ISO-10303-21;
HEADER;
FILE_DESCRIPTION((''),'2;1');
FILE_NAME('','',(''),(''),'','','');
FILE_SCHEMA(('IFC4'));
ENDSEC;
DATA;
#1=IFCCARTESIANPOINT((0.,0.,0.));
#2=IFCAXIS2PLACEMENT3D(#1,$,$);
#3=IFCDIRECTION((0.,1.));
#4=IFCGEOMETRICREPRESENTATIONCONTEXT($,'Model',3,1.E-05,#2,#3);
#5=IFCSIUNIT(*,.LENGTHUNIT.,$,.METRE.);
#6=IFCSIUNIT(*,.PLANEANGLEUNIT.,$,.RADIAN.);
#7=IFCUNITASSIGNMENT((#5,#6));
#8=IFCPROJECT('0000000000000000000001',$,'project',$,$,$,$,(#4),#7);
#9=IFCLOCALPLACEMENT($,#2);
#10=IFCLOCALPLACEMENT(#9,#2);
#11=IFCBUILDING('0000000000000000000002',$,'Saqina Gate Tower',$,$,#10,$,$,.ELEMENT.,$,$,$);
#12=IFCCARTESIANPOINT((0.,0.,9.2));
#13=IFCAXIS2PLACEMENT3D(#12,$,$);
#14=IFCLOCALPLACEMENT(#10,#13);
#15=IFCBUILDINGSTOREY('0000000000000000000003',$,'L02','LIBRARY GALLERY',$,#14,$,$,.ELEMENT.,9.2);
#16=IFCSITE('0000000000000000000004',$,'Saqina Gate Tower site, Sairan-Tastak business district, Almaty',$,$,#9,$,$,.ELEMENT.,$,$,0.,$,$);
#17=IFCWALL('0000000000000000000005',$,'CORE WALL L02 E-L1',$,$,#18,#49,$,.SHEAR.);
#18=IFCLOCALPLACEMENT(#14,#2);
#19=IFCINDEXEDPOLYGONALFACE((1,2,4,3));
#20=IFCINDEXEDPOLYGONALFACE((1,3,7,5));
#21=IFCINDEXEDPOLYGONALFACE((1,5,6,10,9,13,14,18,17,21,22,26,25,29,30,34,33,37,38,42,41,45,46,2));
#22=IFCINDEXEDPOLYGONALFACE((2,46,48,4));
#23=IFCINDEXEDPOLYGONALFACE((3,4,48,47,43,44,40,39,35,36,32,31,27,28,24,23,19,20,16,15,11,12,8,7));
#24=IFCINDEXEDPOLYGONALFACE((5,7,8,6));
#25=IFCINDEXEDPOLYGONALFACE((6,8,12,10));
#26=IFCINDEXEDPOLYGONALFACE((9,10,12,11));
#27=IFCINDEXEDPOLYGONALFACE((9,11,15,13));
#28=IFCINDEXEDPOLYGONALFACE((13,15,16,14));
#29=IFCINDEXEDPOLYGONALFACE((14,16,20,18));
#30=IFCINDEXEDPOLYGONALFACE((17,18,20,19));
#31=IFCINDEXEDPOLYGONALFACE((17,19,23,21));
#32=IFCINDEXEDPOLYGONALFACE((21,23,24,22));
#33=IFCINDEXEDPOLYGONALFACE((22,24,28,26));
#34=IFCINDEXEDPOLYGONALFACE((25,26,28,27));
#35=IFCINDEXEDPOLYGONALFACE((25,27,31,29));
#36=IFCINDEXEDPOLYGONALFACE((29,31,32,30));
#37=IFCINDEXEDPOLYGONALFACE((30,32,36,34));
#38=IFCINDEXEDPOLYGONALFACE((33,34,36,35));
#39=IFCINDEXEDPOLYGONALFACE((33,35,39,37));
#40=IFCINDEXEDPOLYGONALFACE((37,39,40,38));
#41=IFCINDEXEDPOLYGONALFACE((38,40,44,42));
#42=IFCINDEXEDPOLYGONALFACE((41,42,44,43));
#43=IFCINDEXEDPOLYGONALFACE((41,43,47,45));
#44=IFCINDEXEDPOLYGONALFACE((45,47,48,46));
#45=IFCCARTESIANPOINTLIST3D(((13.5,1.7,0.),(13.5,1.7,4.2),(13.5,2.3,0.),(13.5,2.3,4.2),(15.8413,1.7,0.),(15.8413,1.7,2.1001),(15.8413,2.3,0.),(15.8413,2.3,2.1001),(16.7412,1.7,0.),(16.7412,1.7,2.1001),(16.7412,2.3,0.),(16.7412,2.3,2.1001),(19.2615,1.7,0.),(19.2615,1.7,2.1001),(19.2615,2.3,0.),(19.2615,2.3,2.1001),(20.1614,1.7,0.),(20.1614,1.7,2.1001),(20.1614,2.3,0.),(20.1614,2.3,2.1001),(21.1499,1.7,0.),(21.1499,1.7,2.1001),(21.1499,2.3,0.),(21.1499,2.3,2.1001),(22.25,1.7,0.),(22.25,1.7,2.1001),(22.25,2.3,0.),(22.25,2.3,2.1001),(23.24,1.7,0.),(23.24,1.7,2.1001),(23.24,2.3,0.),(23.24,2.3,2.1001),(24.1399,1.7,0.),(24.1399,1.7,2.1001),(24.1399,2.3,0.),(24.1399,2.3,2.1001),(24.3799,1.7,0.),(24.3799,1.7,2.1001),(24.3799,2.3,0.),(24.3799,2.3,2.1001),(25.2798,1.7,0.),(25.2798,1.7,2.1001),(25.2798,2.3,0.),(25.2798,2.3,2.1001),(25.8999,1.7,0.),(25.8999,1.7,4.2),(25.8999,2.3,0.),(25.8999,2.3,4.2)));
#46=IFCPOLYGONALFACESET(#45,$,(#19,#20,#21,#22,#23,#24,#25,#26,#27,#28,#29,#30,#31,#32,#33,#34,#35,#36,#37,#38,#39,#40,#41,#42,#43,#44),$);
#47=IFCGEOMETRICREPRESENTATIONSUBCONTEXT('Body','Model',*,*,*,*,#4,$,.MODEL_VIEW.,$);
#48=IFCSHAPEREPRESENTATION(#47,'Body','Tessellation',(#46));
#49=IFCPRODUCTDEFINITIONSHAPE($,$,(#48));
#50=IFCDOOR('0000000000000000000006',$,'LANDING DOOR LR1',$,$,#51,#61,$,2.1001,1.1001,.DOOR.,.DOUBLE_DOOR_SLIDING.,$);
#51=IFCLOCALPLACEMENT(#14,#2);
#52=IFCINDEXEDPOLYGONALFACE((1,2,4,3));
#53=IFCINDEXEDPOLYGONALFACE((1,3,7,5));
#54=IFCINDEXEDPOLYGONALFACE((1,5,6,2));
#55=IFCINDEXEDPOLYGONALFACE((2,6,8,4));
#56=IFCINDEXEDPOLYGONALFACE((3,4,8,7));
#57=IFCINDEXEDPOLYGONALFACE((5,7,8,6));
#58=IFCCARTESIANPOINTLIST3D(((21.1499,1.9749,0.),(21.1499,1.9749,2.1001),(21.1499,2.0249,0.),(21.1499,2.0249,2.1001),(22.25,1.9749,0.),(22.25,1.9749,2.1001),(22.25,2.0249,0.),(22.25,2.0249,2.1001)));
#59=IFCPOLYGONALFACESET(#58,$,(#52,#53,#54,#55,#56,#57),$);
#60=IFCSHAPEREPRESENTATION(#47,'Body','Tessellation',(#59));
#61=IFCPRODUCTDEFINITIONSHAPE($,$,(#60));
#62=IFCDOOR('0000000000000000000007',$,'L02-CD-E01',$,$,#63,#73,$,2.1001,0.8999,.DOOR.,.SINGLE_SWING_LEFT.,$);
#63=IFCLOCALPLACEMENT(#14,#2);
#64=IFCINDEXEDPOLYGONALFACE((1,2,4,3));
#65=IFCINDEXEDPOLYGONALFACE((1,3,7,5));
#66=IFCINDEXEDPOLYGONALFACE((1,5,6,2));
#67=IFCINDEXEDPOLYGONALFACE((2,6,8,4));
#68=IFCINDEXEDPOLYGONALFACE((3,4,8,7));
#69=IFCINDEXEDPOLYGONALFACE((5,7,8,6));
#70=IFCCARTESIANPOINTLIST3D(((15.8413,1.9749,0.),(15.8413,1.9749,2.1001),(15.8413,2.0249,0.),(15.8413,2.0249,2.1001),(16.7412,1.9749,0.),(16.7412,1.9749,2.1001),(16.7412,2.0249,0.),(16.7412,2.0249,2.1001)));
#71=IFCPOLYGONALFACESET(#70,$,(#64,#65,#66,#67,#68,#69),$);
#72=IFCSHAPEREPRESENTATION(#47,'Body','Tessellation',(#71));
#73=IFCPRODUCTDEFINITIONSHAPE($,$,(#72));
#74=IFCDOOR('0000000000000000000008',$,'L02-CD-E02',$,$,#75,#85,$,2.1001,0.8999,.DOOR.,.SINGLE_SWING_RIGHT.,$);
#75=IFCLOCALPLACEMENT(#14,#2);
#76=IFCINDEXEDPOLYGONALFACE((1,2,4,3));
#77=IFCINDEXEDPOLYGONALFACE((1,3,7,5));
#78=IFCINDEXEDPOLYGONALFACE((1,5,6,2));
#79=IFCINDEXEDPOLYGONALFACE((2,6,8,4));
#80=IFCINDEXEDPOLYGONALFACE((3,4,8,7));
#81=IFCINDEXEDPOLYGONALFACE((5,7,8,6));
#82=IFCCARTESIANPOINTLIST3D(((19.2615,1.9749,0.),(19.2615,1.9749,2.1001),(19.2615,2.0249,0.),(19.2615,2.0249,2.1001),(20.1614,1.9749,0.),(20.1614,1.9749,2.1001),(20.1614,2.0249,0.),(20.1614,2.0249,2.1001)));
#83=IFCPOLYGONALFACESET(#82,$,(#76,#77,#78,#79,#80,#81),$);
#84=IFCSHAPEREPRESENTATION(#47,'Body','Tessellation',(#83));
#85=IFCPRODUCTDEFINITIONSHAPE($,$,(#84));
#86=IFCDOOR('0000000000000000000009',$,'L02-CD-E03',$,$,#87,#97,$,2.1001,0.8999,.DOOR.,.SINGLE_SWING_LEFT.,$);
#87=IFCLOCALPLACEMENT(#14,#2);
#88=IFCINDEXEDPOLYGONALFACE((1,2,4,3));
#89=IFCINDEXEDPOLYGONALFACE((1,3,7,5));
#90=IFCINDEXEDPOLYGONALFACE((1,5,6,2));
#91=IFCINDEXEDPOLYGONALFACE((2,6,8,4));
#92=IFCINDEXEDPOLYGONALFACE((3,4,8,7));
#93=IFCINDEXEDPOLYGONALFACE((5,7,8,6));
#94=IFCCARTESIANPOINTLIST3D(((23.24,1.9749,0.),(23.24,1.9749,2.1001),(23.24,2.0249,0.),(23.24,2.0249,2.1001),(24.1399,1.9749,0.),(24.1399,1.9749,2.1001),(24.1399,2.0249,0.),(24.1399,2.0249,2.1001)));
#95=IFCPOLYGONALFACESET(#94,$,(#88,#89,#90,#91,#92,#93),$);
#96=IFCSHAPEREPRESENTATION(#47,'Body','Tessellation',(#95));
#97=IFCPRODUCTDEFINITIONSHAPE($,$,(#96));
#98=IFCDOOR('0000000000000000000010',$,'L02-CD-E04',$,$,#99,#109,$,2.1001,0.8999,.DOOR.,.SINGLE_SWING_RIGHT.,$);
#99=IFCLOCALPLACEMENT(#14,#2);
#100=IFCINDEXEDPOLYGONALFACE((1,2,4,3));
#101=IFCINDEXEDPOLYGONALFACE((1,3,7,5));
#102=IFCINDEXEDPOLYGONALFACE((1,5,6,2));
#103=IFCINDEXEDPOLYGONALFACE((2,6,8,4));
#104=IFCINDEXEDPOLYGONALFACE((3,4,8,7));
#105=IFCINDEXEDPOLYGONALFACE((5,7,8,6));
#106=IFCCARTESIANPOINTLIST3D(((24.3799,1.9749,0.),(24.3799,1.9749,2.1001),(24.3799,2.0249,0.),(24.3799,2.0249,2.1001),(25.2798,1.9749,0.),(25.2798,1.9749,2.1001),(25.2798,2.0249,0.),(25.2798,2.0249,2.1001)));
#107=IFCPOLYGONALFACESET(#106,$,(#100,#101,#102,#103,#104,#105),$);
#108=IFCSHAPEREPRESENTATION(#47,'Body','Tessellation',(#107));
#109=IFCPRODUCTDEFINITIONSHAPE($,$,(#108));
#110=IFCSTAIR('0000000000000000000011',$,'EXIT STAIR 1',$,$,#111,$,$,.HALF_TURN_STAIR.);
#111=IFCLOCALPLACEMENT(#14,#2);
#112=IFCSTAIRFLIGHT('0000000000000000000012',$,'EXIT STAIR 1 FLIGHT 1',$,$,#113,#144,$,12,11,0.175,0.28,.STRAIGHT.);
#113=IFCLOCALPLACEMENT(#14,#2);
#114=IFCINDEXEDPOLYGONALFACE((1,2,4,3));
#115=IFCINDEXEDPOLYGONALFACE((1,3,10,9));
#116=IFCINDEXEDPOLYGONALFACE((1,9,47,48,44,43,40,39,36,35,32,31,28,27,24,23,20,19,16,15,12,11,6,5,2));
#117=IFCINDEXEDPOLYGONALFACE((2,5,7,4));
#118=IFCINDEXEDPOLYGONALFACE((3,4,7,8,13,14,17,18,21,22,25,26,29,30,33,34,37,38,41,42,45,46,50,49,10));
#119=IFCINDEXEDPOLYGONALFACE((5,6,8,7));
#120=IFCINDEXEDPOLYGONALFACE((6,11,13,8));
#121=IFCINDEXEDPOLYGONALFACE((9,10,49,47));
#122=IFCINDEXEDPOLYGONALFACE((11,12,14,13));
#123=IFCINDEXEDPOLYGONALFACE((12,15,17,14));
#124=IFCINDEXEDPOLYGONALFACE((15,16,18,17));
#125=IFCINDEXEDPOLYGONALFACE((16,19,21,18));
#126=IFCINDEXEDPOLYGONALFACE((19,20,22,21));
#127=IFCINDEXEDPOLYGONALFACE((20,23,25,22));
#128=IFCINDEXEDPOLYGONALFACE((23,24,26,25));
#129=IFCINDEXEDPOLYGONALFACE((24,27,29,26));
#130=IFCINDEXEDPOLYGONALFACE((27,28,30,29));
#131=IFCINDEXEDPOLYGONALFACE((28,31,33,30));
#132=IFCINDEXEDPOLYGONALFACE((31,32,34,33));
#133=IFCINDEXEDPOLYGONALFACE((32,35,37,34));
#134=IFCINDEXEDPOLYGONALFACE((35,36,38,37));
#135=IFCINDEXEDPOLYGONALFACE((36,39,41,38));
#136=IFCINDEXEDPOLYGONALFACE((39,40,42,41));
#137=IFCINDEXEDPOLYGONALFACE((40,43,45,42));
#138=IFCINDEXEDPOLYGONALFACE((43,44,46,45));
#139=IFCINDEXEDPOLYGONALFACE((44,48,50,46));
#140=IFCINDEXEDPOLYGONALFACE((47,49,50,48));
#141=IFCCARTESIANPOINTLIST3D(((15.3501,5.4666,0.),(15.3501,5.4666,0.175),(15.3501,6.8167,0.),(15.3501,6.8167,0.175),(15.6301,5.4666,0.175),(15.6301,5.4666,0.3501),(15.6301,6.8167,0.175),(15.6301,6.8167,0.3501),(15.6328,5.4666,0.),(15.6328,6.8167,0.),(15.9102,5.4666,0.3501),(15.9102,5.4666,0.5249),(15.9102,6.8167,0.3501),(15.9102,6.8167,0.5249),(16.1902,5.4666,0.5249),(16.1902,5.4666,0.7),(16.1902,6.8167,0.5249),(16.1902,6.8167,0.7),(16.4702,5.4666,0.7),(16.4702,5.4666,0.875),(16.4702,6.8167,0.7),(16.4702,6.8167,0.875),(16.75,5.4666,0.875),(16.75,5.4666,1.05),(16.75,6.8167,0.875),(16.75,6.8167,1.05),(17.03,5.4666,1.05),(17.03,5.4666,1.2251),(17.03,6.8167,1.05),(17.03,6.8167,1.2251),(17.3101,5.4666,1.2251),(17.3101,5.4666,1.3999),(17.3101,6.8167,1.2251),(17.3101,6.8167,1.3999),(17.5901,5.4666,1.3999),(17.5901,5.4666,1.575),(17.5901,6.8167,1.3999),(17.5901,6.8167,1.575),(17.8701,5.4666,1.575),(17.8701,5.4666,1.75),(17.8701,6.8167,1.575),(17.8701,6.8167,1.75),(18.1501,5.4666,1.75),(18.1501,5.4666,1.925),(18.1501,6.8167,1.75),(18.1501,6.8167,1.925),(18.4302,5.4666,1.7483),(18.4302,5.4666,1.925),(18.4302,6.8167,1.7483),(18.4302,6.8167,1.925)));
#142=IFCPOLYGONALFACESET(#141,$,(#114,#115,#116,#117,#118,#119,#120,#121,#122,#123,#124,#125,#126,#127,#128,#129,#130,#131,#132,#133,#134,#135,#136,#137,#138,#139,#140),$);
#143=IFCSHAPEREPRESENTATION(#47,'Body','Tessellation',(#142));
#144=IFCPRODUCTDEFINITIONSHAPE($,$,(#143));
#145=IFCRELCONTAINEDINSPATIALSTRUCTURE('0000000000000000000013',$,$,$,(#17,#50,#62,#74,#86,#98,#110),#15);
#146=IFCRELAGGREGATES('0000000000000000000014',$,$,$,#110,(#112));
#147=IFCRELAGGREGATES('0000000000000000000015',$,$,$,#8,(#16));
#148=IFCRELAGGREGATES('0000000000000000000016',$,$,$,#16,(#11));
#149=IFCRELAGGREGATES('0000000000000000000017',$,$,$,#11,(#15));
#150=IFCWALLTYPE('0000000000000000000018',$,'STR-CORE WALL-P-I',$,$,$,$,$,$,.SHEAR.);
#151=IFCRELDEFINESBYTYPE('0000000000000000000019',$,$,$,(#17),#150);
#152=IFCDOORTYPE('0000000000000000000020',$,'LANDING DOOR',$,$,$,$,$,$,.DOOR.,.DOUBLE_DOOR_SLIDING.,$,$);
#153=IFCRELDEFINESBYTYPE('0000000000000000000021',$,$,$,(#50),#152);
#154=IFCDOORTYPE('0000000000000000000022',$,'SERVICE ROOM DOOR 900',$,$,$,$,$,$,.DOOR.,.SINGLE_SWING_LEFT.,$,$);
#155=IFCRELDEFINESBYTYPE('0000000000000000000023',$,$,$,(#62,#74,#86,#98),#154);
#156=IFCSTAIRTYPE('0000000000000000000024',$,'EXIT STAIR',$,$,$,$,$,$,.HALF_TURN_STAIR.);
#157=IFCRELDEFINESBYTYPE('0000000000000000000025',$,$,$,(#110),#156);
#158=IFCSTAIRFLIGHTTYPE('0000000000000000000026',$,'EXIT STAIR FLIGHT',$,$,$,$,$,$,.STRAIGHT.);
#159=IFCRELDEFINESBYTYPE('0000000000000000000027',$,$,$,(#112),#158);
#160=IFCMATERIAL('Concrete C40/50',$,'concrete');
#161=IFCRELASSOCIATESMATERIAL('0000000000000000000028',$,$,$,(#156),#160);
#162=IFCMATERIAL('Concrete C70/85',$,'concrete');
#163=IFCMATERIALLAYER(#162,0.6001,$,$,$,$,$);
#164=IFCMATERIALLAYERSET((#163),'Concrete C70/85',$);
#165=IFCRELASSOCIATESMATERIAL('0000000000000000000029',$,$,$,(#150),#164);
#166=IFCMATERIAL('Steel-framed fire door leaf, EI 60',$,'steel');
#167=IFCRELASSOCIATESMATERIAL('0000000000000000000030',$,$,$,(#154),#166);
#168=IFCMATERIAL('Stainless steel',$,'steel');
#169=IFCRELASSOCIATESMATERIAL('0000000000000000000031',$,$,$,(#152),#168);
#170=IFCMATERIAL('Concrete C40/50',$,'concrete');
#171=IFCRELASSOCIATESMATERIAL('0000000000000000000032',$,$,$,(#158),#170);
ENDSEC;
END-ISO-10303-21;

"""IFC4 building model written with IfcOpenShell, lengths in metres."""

from ifc_helpers import new_model, si_unit, direction, frame, frame_2d, origin, place, context, subcontext, project, spatial, polyline, rectangle, outline, extrude, material, layer, layer_set, type_object, element, fill, aggregate, save


model = new_model("IFC4")

# Units and contexts
model_context = context("Model", 3, precision=1e-05, world=origin(), true_north=direction((0.0, 1.0)))
body_context = subcontext(model_context, "Body", "Model", "MODEL_VIEW")
ifc_project = project(units=[si_unit("LENGTHUNIT", "METRE"), si_unit("PLANEANGLEUNIT", "RADIAN")], contexts=[model_context])

# Site, building, storey
site_placement = place(None, origin())
site = spatial("IfcSite", under=ifc_project, at=site_placement, Name="Saqina Gate Tower site, Sairan-Tastak business district, Almaty", CompositionType="ELEMENT", RefElevation=0.0)
building_placement = place(site_placement, origin())
building = spatial("IfcBuilding", under=site, at=building_placement, Name="Saqina Gate Tower", CompositionType="ELEMENT")
storey_placement = place(building_placement, frame((0.0, 0.0, 9.2)))
storey = spatial("IfcBuildingStorey", under=building, at=storey_placement, Name="L02", Description="LIBRARY GALLERY", CompositionType="ELEMENT", Elevation=9.2)

# Shared definitions
ifc_material_1 = material(Name="Concrete C40/50", Category="concrete")
stair_type = type_object("IfcStairType", Name="EXIT STAIR", PredefinedType="HALF_TURN_STAIR", material=ifc_material_1)

# Shared definitions
ifc_material_2 = material(Name="Concrete C70/85", Category="concrete")
ifc_layer_1 = layer(ifc_material_2, 0.6001)
ifc_layer_set_1 = layer_set([ifc_layer_1], Name="Concrete C70/85")
wall_type_1 = type_object("IfcWallType", Name="STR-CORE WALL-P-I", PredefinedType="SHEAR", material=ifc_layer_set_1)
ifc_material_3 = material(Name="Steel-framed fire door leaf, EI 60", Category="steel")
door_type_1 = type_object("IfcDoorType", Name="SERVICE ROOM DOOR 900", OperationType="SINGLE_SWING_LEFT", PredefinedType="DOOR", material=ifc_material_3)

# Wall, openings, doors
wall_1_placement = place(storey_placement, frame((13.5, 2.0, 0.0), z_axis=(0.0, 0.0, 1.0), x_axis=(1.0, 0.0, 0.0)))
wall_1 = element("IfcWall", 1, at=wall_1_placement, inside=storey, type_object=wall_type_1, Name="CORE WALL L02 E-L1", PredefinedType="SHEAR", context=body_context, shape_type="SweptSolid", body=[
    extrude(rectangle(XDim=12.3999, YDim=0.6001, at=frame_2d((6.2, 0.0))), origin(), (0.0, 0.0, 1.0), 4.2),
])
opening_1_placement = place(wall_1_placement, frame((7.6499, 0.0, 0.0)))
opening_1 = element("IfcOpeningElement", 2, at=opening_1_placement, cuts=wall_1, PredefinedType="OPENING", context=body_context, shape_type="SweptSolid", body=[
    extrude(rectangle(XDim=1.1001, YDim=2.1001, at=frame_2d((0.55, 1.05))), frame((0.0, 0.312, 0.0), z_axis=(0.0, -1.0, 0.0), x_axis=(1.0, 0.0, 0.0)), (0.0, 0.0, 1.0), 0.624),
])
opening_2_placement = place(wall_1_placement, frame((2.3413, 0.0, 0.0)))
opening_2 = element("IfcOpeningElement", 3, at=opening_2_placement, cuts=wall_1, PredefinedType="OPENING", context=body_context, shape_type="SweptSolid", body=[
    extrude(rectangle(XDim=0.8999, YDim=2.1001, at=frame_2d((0.45, 1.05))), frame((0.0, 0.312, 0.0), z_axis=(0.0, -1.0, 0.0), x_axis=(1.0, 0.0, 0.0)), (0.0, 0.0, 1.0), 0.624),
])
opening_3_placement = place(wall_1_placement, frame((5.7615, 0.0, 0.0)))
opening_3 = element("IfcOpeningElement", 4, at=opening_3_placement, cuts=wall_1, PredefinedType="OPENING", context=body_context, shape_type="SweptSolid", body=[
    extrude(rectangle(XDim=0.8999, YDim=2.1001, at=frame_2d((0.45, 1.05))), frame((0.0, 0.312, 0.0), z_axis=(0.0, -1.0, 0.0), x_axis=(1.0, 0.0, 0.0)), (0.0, 0.0, 1.0), 0.624),
])
opening_4_placement = place(wall_1_placement, frame((9.74, 0.0, 0.0)))
opening_4 = element("IfcOpeningElement", 5, at=opening_4_placement, cuts=wall_1, PredefinedType="OPENING", context=body_context, shape_type="SweptSolid", body=[
    extrude(rectangle(XDim=0.8999, YDim=2.1001, at=frame_2d((0.45, 1.05))), frame((0.0, 0.312, 0.0), z_axis=(0.0, -1.0, 0.0), x_axis=(1.0, 0.0, 0.0)), (0.0, 0.0, 1.0), 0.624),
])
opening_5_placement = place(wall_1_placement, frame((10.8799, 0.0, 0.0)))
opening_5 = element("IfcOpeningElement", 6, at=opening_5_placement, cuts=wall_1, PredefinedType="OPENING", context=body_context, shape_type="SweptSolid", body=[
    extrude(rectangle(XDim=0.8999, YDim=2.1001, at=frame_2d((0.45, 1.05))), frame((0.0, 0.312, 0.0), z_axis=(0.0, -1.0, 0.0), x_axis=(1.0, 0.0, 0.0)), (0.0, 0.0, 1.0), 0.624),
])
ifc_material_4 = material(Name="Stainless steel", Category="steel")
door_type_2 = type_object("IfcDoorType", Name="LANDING DOOR", OperationType="DOUBLE_DOOR_SLIDING", PredefinedType="DOOR", material=ifc_material_4)
door_1_placement = place(opening_1_placement, origin())
door_1 = element("IfcDoor", 7, at=door_1_placement, inside=storey, type_object=door_type_2, Name="LANDING DOOR LR1", OperationType="DOUBLE_DOOR_SLIDING", OverallHeight=2.1001, OverallWidth=1.1001, PredefinedType="DOOR", context=body_context, shape_type="SweptSolid", body=[
    extrude(rectangle(XDim=1.1001, YDim=2.1001, at=frame_2d((0.55, 1.05))), frame((0.0, 0.0249, 0.0), z_axis=(0.0, -1.0, 0.0), x_axis=(1.0, 0.0, 0.0)), (0.0, 0.0, 1.0), 0.05),
])
fill(opening_1, door_1)
door_2_placement = place(opening_2_placement, origin())
door_2 = element("IfcDoor", 8, at=door_2_placement, inside=storey, type_object=door_type_1, Name="L02-CD-E01", OperationType="SINGLE_SWING_LEFT", OverallHeight=2.1001, OverallWidth=0.8999, PredefinedType="DOOR", context=body_context, shape_type="SweptSolid", body=[
    extrude(rectangle(XDim=0.8999, YDim=2.1001, at=frame_2d((0.45, 1.05))), frame((0.0, 0.0249, 0.0), z_axis=(0.0, -1.0, 0.0), x_axis=(1.0, 0.0, 0.0)), (0.0, 0.0, 1.0), 0.05),
])
fill(opening_2, door_2)
door_3_placement = place(opening_3_placement, origin())
door_3 = element("IfcDoor", 9, at=door_3_placement, inside=storey, type_object=door_type_1, Name="L02-CD-E02", OperationType="SINGLE_SWING_RIGHT", OverallHeight=2.1001, OverallWidth=0.8999, PredefinedType="DOOR", context=body_context, shape_type="SweptSolid", body=[
    extrude(rectangle(XDim=0.8999, YDim=2.1001, at=frame_2d((0.45, 1.05))), frame((0.0, 0.0249, 0.0), z_axis=(0.0, -1.0, 0.0), x_axis=(1.0, 0.0, 0.0)), (0.0, 0.0, 1.0), 0.05),
])
fill(opening_3, door_3)
door_4_placement = place(opening_4_placement, origin())
door_4 = element("IfcDoor", 10, at=door_4_placement, inside=storey, type_object=door_type_1, Name="L02-CD-E03", OperationType="SINGLE_SWING_LEFT", OverallHeight=2.1001, OverallWidth=0.8999, PredefinedType="DOOR", context=body_context, shape_type="SweptSolid", body=[
    extrude(rectangle(XDim=0.8999, YDim=2.1001, at=frame_2d((0.45, 1.05))), frame((0.0, 0.0249, 0.0), z_axis=(0.0, -1.0, 0.0), x_axis=(1.0, 0.0, 0.0)), (0.0, 0.0, 1.0), 0.05),
])
fill(opening_4, door_4)
door_5_placement = place(opening_5_placement, origin())
door_5 = element("IfcDoor", 11, at=door_5_placement, inside=storey, type_object=door_type_1, Name="L02-CD-E04", OperationType="SINGLE_SWING_RIGHT", OverallHeight=2.1001, OverallWidth=0.8999, PredefinedType="DOOR", context=body_context, shape_type="SweptSolid", body=[
    extrude(rectangle(XDim=0.8999, YDim=2.1001, at=frame_2d((0.45, 1.05))), frame((0.0, 0.0249, 0.0), z_axis=(0.0, -1.0, 0.0), x_axis=(1.0, 0.0, 0.0)), (0.0, 0.0, 1.0), 0.05),
])
fill(opening_5, door_5)

# Stair, stair flight
stair_1_placement = place(storey_placement, origin())
stair_1 = element("IfcStair", 12, at=stair_1_placement, inside=storey, type_object=stair_type, Name="EXIT STAIR 1", PredefinedType="HALF_TURN_STAIR")
ifc_material_5 = material(Name="Concrete C40/50", Category="concrete")
stair_flight_type = type_object("IfcStairFlightType", Name="EXIT STAIR FLIGHT", PredefinedType="STRAIGHT", material=ifc_material_5)
stair_flight_1_placement = place(storey_placement, frame((15.3501, 6.1416, 0.0), z_axis=(0.0, 0.0, 1.0), x_axis=(1.0, 0.0, 0.0)))
stair_flight_1 = element("IfcStairFlight", 13, at=stair_flight_1_placement, type_object=stair_flight_type, Name="EXIT STAIR 1 FLIGHT 1", NumberOfRisers=12, NumberOfTreads=11, PredefinedType="STRAIGHT", RiserHeight=0.175, TreadLength=0.28, context=body_context, shape_type="SweptSolid", body=[
    extrude(outline(polyline([(0.0, 0.0), (0.0, 0.175), (0.28, 0.175), (0.28, 0.3501), (0.5601, 0.3501), (0.5601, 0.5249), (0.8401, 0.5249), (0.8401, 0.7), (1.1201, 0.7), (1.1201, 0.875), (1.3999, 0.875), (1.3999, 1.05), (1.6799, 1.05), (1.6799, 1.2251), (1.96, 1.2251), (1.96, 1.3999), (2.24, 1.3999), (2.24, 1.575), (2.52, 1.575), (2.52, 1.75), (2.8, 1.75), (2.8, 1.925), (3.0801, 1.925), (3.0801, 2.1001), (3.0801, 1.7483), (0.2827, 0.0), (0.0, 0.0)])), frame((0.0, 0.675, 0.0), z_axis=(0.0, -1.0, 0.0), x_axis=(1.0, 0.0, 0.0)), (0.0, 0.0, 1.0), 1.3501),
])
aggregate(stair_1, [stair_flight_1])

save(model, "model.ifc")
